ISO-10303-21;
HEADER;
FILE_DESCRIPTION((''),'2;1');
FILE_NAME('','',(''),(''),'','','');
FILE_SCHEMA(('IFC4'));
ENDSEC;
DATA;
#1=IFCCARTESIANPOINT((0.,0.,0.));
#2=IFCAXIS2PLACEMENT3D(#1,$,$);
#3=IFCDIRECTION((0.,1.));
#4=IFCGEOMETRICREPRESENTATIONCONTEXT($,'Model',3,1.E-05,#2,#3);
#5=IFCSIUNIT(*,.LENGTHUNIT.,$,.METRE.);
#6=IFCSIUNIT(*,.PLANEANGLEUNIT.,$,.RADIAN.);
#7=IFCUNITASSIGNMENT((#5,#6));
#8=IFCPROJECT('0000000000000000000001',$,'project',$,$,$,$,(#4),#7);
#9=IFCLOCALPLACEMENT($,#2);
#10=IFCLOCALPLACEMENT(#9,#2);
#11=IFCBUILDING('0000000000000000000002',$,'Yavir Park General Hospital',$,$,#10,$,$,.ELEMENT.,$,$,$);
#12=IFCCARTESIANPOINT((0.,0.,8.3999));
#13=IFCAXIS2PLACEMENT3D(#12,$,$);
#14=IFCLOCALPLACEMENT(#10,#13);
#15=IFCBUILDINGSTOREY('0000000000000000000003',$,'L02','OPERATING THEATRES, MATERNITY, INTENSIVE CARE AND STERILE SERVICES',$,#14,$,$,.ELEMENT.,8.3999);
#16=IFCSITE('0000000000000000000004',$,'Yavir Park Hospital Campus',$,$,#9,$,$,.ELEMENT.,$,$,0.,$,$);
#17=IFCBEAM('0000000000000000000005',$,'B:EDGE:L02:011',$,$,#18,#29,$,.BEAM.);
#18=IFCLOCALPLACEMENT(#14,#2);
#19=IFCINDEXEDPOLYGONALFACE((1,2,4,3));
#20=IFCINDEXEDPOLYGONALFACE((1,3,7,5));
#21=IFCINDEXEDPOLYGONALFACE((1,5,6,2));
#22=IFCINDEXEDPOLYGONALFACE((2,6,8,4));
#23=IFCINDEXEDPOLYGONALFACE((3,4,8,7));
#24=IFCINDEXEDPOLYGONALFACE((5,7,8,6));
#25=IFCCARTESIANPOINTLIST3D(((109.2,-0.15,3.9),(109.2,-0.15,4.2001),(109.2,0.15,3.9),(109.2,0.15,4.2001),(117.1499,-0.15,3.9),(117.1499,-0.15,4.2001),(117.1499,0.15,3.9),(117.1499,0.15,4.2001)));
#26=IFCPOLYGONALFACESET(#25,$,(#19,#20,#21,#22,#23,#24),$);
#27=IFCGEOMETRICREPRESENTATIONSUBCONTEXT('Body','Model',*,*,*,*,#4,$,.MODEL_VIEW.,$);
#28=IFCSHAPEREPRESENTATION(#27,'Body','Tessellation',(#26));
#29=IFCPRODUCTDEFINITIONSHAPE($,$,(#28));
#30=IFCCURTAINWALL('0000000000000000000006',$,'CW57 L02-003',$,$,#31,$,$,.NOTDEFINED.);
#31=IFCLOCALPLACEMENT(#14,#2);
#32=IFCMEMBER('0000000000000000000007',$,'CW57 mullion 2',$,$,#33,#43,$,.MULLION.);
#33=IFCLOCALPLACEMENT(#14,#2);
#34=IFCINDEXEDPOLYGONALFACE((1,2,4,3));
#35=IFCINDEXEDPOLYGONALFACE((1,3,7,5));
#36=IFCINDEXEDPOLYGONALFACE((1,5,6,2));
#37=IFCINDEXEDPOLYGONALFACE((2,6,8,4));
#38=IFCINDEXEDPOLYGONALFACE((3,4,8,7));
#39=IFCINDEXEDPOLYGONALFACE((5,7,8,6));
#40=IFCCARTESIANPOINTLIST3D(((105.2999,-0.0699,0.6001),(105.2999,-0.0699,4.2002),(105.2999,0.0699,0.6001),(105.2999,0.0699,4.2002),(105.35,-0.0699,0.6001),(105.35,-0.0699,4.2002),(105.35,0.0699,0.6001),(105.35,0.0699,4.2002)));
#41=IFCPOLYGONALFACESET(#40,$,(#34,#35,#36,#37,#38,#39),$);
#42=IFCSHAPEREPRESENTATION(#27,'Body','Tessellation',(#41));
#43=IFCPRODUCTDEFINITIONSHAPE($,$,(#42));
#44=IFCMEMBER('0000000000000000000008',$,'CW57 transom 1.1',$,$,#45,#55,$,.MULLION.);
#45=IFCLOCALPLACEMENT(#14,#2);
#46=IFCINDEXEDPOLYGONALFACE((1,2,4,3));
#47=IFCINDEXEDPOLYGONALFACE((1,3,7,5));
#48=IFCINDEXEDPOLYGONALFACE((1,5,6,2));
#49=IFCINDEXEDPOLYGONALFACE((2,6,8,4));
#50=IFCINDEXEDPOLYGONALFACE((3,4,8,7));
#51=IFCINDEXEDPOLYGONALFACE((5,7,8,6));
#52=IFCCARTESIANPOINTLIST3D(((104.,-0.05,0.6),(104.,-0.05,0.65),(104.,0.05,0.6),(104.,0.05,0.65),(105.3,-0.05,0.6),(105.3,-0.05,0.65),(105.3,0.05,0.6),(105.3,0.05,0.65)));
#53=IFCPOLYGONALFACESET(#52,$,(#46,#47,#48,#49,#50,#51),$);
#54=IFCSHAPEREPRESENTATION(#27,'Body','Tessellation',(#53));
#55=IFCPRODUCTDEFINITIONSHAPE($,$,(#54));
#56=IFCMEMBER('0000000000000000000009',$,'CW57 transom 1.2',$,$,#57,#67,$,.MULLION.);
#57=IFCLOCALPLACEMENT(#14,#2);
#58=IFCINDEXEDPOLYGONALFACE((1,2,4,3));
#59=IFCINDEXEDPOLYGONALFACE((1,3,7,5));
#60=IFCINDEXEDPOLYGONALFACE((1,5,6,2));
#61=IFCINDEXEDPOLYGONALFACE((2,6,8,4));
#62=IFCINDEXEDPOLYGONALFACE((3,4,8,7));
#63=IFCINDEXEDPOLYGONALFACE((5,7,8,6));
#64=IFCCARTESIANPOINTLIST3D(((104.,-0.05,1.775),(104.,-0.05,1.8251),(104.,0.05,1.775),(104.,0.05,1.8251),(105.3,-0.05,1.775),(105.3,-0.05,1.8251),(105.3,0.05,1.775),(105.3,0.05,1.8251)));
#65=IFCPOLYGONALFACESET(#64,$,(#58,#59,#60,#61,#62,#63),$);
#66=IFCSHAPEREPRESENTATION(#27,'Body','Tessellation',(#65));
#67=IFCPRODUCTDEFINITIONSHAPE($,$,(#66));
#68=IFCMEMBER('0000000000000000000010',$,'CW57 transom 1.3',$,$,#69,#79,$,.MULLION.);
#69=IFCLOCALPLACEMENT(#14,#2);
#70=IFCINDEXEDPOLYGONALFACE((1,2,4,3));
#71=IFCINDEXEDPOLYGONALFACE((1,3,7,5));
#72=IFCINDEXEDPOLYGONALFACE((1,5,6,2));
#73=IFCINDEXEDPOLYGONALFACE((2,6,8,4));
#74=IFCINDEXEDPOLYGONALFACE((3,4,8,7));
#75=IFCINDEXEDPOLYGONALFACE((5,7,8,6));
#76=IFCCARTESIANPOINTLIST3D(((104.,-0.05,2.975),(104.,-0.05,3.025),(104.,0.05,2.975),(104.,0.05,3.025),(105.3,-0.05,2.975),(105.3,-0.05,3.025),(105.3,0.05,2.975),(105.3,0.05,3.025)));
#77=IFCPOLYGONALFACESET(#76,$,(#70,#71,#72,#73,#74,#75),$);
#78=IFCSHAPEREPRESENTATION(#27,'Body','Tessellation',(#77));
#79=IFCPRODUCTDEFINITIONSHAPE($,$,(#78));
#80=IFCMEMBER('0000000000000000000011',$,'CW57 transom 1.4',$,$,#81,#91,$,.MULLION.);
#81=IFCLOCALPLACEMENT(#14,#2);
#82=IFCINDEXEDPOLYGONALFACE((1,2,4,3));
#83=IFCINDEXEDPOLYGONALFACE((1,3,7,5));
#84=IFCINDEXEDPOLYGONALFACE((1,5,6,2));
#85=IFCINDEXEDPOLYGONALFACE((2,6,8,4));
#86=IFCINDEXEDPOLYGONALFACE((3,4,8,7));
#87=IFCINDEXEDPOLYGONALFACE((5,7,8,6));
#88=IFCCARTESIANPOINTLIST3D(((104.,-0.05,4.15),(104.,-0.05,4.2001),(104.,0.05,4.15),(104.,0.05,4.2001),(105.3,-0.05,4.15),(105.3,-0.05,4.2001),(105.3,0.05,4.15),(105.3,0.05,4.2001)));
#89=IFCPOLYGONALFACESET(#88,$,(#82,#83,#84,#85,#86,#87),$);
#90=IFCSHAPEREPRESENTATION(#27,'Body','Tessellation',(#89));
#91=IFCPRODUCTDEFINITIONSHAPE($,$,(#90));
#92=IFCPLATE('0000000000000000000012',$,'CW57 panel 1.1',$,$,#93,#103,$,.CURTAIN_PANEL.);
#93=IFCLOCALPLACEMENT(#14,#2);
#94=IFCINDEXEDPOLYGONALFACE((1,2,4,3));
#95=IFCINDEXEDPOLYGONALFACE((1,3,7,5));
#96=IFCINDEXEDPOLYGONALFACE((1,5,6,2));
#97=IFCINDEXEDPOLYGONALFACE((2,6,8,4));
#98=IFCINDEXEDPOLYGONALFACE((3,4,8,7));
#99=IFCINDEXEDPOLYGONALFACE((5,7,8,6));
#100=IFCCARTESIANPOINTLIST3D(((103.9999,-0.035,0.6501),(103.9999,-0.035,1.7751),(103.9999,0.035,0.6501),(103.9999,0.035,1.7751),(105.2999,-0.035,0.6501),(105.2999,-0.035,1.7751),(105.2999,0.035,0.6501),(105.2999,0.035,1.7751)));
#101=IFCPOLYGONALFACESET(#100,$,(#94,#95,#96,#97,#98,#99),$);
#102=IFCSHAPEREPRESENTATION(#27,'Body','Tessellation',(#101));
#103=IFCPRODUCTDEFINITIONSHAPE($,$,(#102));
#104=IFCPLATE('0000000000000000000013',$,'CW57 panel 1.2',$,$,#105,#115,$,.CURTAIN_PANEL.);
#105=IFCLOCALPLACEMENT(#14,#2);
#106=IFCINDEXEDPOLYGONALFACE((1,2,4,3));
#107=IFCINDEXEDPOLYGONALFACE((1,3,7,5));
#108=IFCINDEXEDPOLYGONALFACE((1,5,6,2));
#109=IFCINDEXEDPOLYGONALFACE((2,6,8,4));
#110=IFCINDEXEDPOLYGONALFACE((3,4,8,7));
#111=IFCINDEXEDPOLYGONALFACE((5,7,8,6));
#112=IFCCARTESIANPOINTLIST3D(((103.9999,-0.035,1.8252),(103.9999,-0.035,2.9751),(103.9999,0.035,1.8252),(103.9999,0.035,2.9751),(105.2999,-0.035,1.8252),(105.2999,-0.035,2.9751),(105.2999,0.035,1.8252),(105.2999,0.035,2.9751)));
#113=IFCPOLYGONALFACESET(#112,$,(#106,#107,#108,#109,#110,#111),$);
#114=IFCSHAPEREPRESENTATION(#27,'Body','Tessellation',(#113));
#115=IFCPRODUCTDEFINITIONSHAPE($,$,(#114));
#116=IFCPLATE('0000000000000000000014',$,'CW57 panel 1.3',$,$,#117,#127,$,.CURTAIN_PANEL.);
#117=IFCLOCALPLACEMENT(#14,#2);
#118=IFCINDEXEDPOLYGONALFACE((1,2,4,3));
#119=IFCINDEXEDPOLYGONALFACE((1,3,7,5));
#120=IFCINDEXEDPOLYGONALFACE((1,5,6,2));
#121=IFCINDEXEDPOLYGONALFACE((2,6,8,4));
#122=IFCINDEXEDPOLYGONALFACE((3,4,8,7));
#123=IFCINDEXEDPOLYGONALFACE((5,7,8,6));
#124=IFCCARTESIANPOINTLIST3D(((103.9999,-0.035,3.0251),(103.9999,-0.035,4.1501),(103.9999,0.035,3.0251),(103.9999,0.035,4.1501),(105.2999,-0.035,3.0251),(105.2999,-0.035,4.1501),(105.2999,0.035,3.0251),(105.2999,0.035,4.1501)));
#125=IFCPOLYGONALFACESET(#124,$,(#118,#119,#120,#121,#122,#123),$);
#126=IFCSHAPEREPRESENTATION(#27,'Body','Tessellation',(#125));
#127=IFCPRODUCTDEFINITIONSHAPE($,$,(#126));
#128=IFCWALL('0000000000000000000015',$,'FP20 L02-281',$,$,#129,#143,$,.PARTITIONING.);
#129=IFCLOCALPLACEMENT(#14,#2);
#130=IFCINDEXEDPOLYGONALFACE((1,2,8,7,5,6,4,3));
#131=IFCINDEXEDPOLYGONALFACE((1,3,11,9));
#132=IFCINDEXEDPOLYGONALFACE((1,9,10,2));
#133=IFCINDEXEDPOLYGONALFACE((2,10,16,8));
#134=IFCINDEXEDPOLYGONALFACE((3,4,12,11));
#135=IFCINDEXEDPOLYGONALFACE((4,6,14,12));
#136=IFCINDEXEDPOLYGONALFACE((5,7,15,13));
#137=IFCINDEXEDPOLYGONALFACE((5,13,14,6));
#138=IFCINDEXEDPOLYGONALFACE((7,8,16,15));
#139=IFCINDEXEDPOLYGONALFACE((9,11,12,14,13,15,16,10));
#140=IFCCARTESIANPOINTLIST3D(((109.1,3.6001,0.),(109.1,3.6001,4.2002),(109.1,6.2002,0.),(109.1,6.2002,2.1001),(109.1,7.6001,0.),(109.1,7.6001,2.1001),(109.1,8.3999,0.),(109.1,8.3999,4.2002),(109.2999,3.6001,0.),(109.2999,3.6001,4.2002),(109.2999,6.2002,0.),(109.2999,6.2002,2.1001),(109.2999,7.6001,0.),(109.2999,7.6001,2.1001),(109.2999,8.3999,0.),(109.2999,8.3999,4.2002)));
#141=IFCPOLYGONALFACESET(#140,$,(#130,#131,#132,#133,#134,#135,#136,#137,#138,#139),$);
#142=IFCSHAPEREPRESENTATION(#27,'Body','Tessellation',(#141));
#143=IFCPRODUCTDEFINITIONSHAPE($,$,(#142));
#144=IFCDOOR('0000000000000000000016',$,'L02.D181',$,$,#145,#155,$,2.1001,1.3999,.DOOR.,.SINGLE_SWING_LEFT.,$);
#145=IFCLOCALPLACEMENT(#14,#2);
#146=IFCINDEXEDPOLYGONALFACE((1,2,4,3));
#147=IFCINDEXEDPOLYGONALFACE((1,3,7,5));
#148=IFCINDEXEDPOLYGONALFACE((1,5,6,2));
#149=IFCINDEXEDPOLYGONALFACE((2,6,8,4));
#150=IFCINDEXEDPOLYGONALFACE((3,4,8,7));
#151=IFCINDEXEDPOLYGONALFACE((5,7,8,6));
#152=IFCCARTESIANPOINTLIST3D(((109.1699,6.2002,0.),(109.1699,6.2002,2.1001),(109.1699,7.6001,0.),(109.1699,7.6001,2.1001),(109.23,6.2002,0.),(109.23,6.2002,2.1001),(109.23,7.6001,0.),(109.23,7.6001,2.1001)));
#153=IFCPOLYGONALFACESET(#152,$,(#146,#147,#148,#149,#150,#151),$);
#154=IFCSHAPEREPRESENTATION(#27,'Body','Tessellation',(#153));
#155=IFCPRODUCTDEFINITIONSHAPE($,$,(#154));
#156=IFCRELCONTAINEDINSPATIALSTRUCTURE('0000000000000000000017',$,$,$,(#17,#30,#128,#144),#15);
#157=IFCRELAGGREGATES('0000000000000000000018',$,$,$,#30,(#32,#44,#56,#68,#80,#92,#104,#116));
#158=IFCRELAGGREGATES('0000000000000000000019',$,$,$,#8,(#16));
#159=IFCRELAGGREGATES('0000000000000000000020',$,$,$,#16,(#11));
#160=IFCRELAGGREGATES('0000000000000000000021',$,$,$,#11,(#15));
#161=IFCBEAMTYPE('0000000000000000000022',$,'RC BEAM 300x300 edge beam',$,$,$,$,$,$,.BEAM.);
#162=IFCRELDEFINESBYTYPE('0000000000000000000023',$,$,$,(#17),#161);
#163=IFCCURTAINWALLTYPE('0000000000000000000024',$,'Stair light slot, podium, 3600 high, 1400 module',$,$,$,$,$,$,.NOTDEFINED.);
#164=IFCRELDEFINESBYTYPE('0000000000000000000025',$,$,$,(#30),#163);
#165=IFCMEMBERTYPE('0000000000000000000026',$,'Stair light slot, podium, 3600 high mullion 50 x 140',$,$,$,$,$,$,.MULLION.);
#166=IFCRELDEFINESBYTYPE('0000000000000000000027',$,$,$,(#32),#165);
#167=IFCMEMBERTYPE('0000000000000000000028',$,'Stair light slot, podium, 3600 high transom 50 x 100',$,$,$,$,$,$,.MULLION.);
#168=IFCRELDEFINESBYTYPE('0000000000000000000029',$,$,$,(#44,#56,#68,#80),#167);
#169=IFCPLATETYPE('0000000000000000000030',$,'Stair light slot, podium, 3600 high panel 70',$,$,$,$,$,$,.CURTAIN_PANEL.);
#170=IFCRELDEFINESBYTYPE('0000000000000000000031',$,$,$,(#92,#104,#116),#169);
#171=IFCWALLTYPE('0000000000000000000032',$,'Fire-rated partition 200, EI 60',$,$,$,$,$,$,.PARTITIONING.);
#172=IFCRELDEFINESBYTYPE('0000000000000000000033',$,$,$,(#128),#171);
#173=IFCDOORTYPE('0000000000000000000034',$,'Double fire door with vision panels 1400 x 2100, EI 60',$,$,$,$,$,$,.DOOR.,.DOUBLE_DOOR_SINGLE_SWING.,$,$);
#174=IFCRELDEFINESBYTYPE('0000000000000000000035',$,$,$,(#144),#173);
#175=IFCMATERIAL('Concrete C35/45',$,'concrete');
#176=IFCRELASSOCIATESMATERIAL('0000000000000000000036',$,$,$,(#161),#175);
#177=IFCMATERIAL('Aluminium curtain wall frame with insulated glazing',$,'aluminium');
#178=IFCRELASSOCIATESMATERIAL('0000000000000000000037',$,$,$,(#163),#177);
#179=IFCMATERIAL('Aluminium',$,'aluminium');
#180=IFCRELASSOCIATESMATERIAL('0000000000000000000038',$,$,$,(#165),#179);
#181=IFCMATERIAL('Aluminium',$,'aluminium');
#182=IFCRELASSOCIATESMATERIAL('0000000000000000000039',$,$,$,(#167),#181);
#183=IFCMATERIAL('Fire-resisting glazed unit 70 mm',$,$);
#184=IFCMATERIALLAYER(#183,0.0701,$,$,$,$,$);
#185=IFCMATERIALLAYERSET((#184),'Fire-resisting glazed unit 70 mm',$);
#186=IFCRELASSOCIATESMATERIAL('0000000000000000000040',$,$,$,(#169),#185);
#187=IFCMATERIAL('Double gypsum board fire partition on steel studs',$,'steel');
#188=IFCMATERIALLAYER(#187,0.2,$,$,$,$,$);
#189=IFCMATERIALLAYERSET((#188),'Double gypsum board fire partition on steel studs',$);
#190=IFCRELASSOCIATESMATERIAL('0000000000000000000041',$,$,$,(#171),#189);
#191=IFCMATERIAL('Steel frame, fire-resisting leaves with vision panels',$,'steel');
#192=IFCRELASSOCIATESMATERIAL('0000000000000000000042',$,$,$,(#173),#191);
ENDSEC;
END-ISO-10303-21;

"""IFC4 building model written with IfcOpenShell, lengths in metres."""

from ifc_helpers import new_model, si_unit, direction, frame, frame_2d, origin, origin_2d, place, context, subcontext, project, spatial, rectangle, extrude, material, layer, layer_set, material_profile, profile_set, type_object, element, fill, aggregate, save


model = new_model("IFC4")

# Units and contexts
model_context = context("Model", 3, precision=1e-05, world=origin(), true_north=direction((0.0, 1.0)))
body_context = subcontext(model_context, "Body", "Model", "MODEL_VIEW")
ifc_project = project(units=[si_unit("LENGTHUNIT", "METRE"), si_unit("PLANEANGLEUNIT", "RADIAN")], contexts=[model_context])

# Site, building, storey
site_placement = place(None, origin())
site = spatial("IfcSite", under=ifc_project, at=site_placement, Name="Yavir Park Hospital Campus", CompositionType="ELEMENT", RefElevation=0.0)
building_placement = place(site_placement, origin())
building = spatial("IfcBuilding", under=site, at=building_placement, Name="Yavir Park General Hospital", CompositionType="ELEMENT")
storey_placement = place(building_placement, frame((0.0, 0.0, 8.3999)))
storey = spatial("IfcBuildingStorey", under=building, at=storey_placement, Name="L02", Description="OPERATING THEATRES, MATERNITY, INTENSIVE CARE AND STERILE SERVICES", CompositionType="ELEMENT", Elevation=8.3999)

# Beam
ifc_material_1 = material(Name="Concrete C35/45", Category="concrete")
ifc_material_profile_1 = material_profile(ifc_material_1, rectangle(XDim=0.3, YDim=0.3, at=origin_2d()), Name="RC300x300")
ifc_profile_set_1 = profile_set([ifc_material_profile_1], Name="Concrete C35/45")
beam_type = type_object("IfcBeamType", Name="RC BEAM 300x300 edge beam", PredefinedType="BEAM", material=ifc_profile_set_1)
beam_placement = place(storey_placement, frame((109.2, 0.0, 4.05), z_axis=(1.0, 0.0, 0.0), x_axis=(0.0, 1.0, 0.0)))
element("IfcBeam", 1, at=beam_placement, inside=storey, type_object=beam_type, Name="B:EDGE:L02:011", PredefinedType="BEAM", context=body_context, shape_type="SweptSolid", body=[
    extrude(rectangle(XDim=0.3, YDim=0.3, at=origin_2d()), origin(), (0.0, 0.0, 1.0), 7.95),
])

# Curtain wall, members, plates
ifc_material_2 = material(Name="Aluminium curtain wall frame with insulated glazing", Category="aluminium")
curtain_wall_type = type_object("IfcCurtainWallType", Name="Stair light slot, podium, 3600 high, 1400 module", PredefinedType="NOTDEFINED", material=ifc_material_2)
curtain_wall_placement = place(storey_placement, origin())
curtain_wall = element("IfcCurtainWall", 2, at=curtain_wall_placement, inside=storey, type_object=curtain_wall_type, Name="CW57 L02-003", PredefinedType="NOTDEFINED")
ifc_material_3 = material(Name="Aluminium", Category="aluminium")
ifc_material_profile_2 = material_profile(ifc_material_3, rectangle(XDim=0.1399, YDim=0.05, at=origin_2d()), Name="AL 50x140")
ifc_profile_set_2 = profile_set([ifc_material_profile_2], Name="Aluminium")
member_type_1 = type_object("IfcMemberType", Name="Stair light slot, podium, 3600 high mullion 50 x 140", PredefinedType="MULLION", material=ifc_profile_set_2)
member_1_placement = place(storey_placement, frame((105.325, 0.0, 0.6001), z_axis=(0.0, 0.0, 1.0), x_axis=(0.0, 1.0, 0.0)))
member_1 = element("IfcMember", 3, at=member_1_placement, type_object=member_type_1, Name="CW57 mullion 2", PredefinedType="MULLION", context=body_context, shape_type="SweptSolid", body=[
    extrude(rectangle(XDim=0.1399, YDim=0.05, at=origin_2d()), origin(), (0.0, 0.0, 1.0), 3.6001),
])
ifc_material_4 = material(Name="Aluminium", Category="aluminium")
ifc_material_profile_3 = material_profile(ifc_material_4, rectangle(XDim=0.1001, YDim=0.05, at=origin_2d()), Name="AL 100x50")
ifc_profile_set_3 = profile_set([ifc_material_profile_3], Name="Aluminium")
member_type_2 = type_object("IfcMemberType", Name="Stair light slot, podium, 3600 high transom 50 x 100", PredefinedType="MULLION", material=ifc_profile_set_3)
member_2_placement = place(storey_placement, frame((104.0, 0.0, 0.625), z_axis=(1.0, 0.0, 0.0), x_axis=(0.0, 1.0, 0.0)))
member_2 = element("IfcMember", 4, at=member_2_placement, type_object=member_type_2, Name="CW57 transom 1.1", PredefinedType="MULLION", context=body_context, shape_type="SweptSolid", body=[
    extrude(rectangle(XDim=0.1001, YDim=0.05, at=origin_2d()), origin(), (0.0, 0.0, 1.0), 1.3),
])
member_3_placement = place(storey_placement, frame((104.0, 0.0, 1.8), z_axis=(1.0, 0.0, 0.0), x_axis=(0.0, 1.0, 0.0)))
member_3 = element("IfcMember", 5, at=member_3_placement, type_object=member_type_2, Name="CW57 transom 1.2", PredefinedType="MULLION", context=body_context, shape_type="SweptSolid", body=[
    extrude(rectangle(XDim=0.1001, YDim=0.05, at=origin_2d()), origin(), (0.0, 0.0, 1.0), 1.3),
])
member_4_placement = place(storey_placement, frame((104.0, 0.0, 3.0), z_axis=(1.0, 0.0, 0.0), x_axis=(0.0, 1.0, 0.0)))
member_4 = element("IfcMember", 6, at=member_4_placement, type_object=member_type_2, Name="CW57 transom 1.3", PredefinedType="MULLION", context=body_context, shape_type="SweptSolid", body=[
    extrude(rectangle(XDim=0.1001, YDim=0.05, at=origin_2d()), origin(), (0.0, 0.0, 1.0), 1.3),
])
member_5_placement = place(storey_placement, frame((104.0, 0.0, 4.175), z_axis=(1.0, 0.0, 0.0), x_axis=(0.0, 1.0, 0.0)))
member_5 = element("IfcMember", 7, at=member_5_placement, type_object=member_type_2, Name="CW57 transom 1.4", PredefinedType="MULLION", context=body_context, shape_type="SweptSolid", body=[
    extrude(rectangle(XDim=0.1001, YDim=0.05, at=origin_2d()), origin(), (0.0, 0.0, 1.0), 1.3),
])
ifc_material_5 = material(Name="Fire-resisting glazed unit 70 mm")
ifc_layer_1 = layer(ifc_material_5, 0.0701)
ifc_layer_set_1 = layer_set([ifc_layer_1], Name="Fire-resisting glazed unit 70 mm")
plate_type = type_object("IfcPlateType", Name="Stair light slot, podium, 3600 high panel 70", PredefinedType="CURTAIN_PANEL", material=ifc_layer_set_1)
plate_1_placement = place(storey_placement, frame((104.6499, 0.0, 0.6501), z_axis=(0.0, 0.0, 1.0), x_axis=(1.0, 0.0, 0.0)))
plate_1 = element("IfcPlate", 8, at=plate_1_placement, type_object=plate_type, Name="CW57 panel 1.1", PredefinedType="CURTAIN_PANEL", context=body_context, shape_type="SweptSolid", body=[
    extrude(rectangle(XDim=1.3, YDim=0.0701, at=origin_2d()), origin(), (0.0, 0.0, 1.0), 1.125),
])
plate_2_placement = place(storey_placement, frame((104.6499, 0.0, 1.8252), z_axis=(0.0, 0.0, 1.0), x_axis=(1.0, 0.0, 0.0)))
plate_2 = element("IfcPlate", 9, at=plate_2_placement, type_object=plate_type, Name="CW57 panel 1.2", PredefinedType="CURTAIN_PANEL", context=body_context, shape_type="SweptSolid", body=[
    extrude(rectangle(XDim=1.3, YDim=0.0701, at=origin_2d()), origin(), (0.0, 0.0, 1.0), 1.1499),
])
plate_3_placement = place(storey_placement, frame((104.6499, 0.0, 3.0251), z_axis=(0.0, 0.0, 1.0), x_axis=(1.0, 0.0, 0.0)))
plate_3 = element("IfcPlate", 10, at=plate_3_placement, type_object=plate_type, Name="CW57 panel 1.3", PredefinedType="CURTAIN_PANEL", context=body_context, shape_type="SweptSolid", body=[
    extrude(rectangle(XDim=1.3, YDim=0.0701, at=origin_2d()), origin(), (0.0, 0.0, 1.0), 1.125),
])
aggregate(curtain_wall, [member_1, member_2, member_3, member_4, member_5, plate_1, plate_2, plate_3])

# Wall, opening, door
ifc_material_6 = material(Name="Double gypsum board fire partition on steel studs", Category="steel")
ifc_layer_2 = layer(ifc_material_6, 0.2)
ifc_layer_set_2 = layer_set([ifc_layer_2], Name="Double gypsum board fire partition on steel studs")
wall_type_1 = type_object("IfcWallType", Name="Fire-rated partition 200, EI 60", PredefinedType="PARTITIONING", material=ifc_layer_set_2)
wall_1_placement = place(storey_placement, frame((109.2, 3.6001, 0.0), z_axis=(0.0, 0.0, 1.0), x_axis=(0.0, 1.0, 0.0)))
wall_1 = element("IfcWall", 11, at=wall_1_placement, inside=storey, type_object=wall_type_1, Name="FP20 L02-281", PredefinedType="PARTITIONING", context=body_context, shape_type="SweptSolid", body=[
    extrude(rectangle(XDim=4.7998, YDim=0.2, at=frame_2d((2.3999, 0.0))), origin(), (0.0, 0.0, 1.0), 4.2002),
])
opening_1_placement = place(wall_1_placement, frame((2.6001, 0.0, 0.0)))
opening_1 = element("IfcOpeningElement", 12, at=opening_1_placement, cuts=wall_1, PredefinedType="OPENING", context=body_context, shape_type="SweptSolid", body=[
    extrude(rectangle(XDim=1.3999, YDim=2.1001, at=frame_2d((0.7, 1.05))), frame((0.0, 0.1099, 0.0), z_axis=(0.0, -1.0, 0.0), x_axis=(1.0, 0.0, 0.0)), (0.0, 0.0, 1.0), 0.22),
])
ifc_material_7 = material(Name="Steel frame, fire-resisting leaves with vision panels", Category="steel")
door_type_1 = type_object("IfcDoorType", Name="Double fire door with vision panels 1400 x 2100, EI 60", OperationType="DOUBLE_DOOR_SINGLE_SWING", PredefinedType="DOOR", material=ifc_material_7)
door_1_placement = place(opening_1_placement, origin())
door_1 = element("IfcDoor", 13, at=door_1_placement, inside=storey, type_object=door_type_1, Name="L02.D181", OperationType="SINGLE_SWING_LEFT", OverallHeight=2.1001, OverallWidth=1.3999, PredefinedType="DOOR", context=body_context, shape_type="SweptSolid", body=[
    extrude(rectangle(XDim=1.3999, YDim=2.1001, at=frame_2d((0.7, 1.05))), frame((0.0, 0.03, 0.0), z_axis=(0.0, -1.0, 0.0), x_axis=(1.0, 0.0, 0.0)), (0.0, 0.0, 1.0), 0.0601),
])
fill(opening_1, door_1)

save(model, "model.ifc")
